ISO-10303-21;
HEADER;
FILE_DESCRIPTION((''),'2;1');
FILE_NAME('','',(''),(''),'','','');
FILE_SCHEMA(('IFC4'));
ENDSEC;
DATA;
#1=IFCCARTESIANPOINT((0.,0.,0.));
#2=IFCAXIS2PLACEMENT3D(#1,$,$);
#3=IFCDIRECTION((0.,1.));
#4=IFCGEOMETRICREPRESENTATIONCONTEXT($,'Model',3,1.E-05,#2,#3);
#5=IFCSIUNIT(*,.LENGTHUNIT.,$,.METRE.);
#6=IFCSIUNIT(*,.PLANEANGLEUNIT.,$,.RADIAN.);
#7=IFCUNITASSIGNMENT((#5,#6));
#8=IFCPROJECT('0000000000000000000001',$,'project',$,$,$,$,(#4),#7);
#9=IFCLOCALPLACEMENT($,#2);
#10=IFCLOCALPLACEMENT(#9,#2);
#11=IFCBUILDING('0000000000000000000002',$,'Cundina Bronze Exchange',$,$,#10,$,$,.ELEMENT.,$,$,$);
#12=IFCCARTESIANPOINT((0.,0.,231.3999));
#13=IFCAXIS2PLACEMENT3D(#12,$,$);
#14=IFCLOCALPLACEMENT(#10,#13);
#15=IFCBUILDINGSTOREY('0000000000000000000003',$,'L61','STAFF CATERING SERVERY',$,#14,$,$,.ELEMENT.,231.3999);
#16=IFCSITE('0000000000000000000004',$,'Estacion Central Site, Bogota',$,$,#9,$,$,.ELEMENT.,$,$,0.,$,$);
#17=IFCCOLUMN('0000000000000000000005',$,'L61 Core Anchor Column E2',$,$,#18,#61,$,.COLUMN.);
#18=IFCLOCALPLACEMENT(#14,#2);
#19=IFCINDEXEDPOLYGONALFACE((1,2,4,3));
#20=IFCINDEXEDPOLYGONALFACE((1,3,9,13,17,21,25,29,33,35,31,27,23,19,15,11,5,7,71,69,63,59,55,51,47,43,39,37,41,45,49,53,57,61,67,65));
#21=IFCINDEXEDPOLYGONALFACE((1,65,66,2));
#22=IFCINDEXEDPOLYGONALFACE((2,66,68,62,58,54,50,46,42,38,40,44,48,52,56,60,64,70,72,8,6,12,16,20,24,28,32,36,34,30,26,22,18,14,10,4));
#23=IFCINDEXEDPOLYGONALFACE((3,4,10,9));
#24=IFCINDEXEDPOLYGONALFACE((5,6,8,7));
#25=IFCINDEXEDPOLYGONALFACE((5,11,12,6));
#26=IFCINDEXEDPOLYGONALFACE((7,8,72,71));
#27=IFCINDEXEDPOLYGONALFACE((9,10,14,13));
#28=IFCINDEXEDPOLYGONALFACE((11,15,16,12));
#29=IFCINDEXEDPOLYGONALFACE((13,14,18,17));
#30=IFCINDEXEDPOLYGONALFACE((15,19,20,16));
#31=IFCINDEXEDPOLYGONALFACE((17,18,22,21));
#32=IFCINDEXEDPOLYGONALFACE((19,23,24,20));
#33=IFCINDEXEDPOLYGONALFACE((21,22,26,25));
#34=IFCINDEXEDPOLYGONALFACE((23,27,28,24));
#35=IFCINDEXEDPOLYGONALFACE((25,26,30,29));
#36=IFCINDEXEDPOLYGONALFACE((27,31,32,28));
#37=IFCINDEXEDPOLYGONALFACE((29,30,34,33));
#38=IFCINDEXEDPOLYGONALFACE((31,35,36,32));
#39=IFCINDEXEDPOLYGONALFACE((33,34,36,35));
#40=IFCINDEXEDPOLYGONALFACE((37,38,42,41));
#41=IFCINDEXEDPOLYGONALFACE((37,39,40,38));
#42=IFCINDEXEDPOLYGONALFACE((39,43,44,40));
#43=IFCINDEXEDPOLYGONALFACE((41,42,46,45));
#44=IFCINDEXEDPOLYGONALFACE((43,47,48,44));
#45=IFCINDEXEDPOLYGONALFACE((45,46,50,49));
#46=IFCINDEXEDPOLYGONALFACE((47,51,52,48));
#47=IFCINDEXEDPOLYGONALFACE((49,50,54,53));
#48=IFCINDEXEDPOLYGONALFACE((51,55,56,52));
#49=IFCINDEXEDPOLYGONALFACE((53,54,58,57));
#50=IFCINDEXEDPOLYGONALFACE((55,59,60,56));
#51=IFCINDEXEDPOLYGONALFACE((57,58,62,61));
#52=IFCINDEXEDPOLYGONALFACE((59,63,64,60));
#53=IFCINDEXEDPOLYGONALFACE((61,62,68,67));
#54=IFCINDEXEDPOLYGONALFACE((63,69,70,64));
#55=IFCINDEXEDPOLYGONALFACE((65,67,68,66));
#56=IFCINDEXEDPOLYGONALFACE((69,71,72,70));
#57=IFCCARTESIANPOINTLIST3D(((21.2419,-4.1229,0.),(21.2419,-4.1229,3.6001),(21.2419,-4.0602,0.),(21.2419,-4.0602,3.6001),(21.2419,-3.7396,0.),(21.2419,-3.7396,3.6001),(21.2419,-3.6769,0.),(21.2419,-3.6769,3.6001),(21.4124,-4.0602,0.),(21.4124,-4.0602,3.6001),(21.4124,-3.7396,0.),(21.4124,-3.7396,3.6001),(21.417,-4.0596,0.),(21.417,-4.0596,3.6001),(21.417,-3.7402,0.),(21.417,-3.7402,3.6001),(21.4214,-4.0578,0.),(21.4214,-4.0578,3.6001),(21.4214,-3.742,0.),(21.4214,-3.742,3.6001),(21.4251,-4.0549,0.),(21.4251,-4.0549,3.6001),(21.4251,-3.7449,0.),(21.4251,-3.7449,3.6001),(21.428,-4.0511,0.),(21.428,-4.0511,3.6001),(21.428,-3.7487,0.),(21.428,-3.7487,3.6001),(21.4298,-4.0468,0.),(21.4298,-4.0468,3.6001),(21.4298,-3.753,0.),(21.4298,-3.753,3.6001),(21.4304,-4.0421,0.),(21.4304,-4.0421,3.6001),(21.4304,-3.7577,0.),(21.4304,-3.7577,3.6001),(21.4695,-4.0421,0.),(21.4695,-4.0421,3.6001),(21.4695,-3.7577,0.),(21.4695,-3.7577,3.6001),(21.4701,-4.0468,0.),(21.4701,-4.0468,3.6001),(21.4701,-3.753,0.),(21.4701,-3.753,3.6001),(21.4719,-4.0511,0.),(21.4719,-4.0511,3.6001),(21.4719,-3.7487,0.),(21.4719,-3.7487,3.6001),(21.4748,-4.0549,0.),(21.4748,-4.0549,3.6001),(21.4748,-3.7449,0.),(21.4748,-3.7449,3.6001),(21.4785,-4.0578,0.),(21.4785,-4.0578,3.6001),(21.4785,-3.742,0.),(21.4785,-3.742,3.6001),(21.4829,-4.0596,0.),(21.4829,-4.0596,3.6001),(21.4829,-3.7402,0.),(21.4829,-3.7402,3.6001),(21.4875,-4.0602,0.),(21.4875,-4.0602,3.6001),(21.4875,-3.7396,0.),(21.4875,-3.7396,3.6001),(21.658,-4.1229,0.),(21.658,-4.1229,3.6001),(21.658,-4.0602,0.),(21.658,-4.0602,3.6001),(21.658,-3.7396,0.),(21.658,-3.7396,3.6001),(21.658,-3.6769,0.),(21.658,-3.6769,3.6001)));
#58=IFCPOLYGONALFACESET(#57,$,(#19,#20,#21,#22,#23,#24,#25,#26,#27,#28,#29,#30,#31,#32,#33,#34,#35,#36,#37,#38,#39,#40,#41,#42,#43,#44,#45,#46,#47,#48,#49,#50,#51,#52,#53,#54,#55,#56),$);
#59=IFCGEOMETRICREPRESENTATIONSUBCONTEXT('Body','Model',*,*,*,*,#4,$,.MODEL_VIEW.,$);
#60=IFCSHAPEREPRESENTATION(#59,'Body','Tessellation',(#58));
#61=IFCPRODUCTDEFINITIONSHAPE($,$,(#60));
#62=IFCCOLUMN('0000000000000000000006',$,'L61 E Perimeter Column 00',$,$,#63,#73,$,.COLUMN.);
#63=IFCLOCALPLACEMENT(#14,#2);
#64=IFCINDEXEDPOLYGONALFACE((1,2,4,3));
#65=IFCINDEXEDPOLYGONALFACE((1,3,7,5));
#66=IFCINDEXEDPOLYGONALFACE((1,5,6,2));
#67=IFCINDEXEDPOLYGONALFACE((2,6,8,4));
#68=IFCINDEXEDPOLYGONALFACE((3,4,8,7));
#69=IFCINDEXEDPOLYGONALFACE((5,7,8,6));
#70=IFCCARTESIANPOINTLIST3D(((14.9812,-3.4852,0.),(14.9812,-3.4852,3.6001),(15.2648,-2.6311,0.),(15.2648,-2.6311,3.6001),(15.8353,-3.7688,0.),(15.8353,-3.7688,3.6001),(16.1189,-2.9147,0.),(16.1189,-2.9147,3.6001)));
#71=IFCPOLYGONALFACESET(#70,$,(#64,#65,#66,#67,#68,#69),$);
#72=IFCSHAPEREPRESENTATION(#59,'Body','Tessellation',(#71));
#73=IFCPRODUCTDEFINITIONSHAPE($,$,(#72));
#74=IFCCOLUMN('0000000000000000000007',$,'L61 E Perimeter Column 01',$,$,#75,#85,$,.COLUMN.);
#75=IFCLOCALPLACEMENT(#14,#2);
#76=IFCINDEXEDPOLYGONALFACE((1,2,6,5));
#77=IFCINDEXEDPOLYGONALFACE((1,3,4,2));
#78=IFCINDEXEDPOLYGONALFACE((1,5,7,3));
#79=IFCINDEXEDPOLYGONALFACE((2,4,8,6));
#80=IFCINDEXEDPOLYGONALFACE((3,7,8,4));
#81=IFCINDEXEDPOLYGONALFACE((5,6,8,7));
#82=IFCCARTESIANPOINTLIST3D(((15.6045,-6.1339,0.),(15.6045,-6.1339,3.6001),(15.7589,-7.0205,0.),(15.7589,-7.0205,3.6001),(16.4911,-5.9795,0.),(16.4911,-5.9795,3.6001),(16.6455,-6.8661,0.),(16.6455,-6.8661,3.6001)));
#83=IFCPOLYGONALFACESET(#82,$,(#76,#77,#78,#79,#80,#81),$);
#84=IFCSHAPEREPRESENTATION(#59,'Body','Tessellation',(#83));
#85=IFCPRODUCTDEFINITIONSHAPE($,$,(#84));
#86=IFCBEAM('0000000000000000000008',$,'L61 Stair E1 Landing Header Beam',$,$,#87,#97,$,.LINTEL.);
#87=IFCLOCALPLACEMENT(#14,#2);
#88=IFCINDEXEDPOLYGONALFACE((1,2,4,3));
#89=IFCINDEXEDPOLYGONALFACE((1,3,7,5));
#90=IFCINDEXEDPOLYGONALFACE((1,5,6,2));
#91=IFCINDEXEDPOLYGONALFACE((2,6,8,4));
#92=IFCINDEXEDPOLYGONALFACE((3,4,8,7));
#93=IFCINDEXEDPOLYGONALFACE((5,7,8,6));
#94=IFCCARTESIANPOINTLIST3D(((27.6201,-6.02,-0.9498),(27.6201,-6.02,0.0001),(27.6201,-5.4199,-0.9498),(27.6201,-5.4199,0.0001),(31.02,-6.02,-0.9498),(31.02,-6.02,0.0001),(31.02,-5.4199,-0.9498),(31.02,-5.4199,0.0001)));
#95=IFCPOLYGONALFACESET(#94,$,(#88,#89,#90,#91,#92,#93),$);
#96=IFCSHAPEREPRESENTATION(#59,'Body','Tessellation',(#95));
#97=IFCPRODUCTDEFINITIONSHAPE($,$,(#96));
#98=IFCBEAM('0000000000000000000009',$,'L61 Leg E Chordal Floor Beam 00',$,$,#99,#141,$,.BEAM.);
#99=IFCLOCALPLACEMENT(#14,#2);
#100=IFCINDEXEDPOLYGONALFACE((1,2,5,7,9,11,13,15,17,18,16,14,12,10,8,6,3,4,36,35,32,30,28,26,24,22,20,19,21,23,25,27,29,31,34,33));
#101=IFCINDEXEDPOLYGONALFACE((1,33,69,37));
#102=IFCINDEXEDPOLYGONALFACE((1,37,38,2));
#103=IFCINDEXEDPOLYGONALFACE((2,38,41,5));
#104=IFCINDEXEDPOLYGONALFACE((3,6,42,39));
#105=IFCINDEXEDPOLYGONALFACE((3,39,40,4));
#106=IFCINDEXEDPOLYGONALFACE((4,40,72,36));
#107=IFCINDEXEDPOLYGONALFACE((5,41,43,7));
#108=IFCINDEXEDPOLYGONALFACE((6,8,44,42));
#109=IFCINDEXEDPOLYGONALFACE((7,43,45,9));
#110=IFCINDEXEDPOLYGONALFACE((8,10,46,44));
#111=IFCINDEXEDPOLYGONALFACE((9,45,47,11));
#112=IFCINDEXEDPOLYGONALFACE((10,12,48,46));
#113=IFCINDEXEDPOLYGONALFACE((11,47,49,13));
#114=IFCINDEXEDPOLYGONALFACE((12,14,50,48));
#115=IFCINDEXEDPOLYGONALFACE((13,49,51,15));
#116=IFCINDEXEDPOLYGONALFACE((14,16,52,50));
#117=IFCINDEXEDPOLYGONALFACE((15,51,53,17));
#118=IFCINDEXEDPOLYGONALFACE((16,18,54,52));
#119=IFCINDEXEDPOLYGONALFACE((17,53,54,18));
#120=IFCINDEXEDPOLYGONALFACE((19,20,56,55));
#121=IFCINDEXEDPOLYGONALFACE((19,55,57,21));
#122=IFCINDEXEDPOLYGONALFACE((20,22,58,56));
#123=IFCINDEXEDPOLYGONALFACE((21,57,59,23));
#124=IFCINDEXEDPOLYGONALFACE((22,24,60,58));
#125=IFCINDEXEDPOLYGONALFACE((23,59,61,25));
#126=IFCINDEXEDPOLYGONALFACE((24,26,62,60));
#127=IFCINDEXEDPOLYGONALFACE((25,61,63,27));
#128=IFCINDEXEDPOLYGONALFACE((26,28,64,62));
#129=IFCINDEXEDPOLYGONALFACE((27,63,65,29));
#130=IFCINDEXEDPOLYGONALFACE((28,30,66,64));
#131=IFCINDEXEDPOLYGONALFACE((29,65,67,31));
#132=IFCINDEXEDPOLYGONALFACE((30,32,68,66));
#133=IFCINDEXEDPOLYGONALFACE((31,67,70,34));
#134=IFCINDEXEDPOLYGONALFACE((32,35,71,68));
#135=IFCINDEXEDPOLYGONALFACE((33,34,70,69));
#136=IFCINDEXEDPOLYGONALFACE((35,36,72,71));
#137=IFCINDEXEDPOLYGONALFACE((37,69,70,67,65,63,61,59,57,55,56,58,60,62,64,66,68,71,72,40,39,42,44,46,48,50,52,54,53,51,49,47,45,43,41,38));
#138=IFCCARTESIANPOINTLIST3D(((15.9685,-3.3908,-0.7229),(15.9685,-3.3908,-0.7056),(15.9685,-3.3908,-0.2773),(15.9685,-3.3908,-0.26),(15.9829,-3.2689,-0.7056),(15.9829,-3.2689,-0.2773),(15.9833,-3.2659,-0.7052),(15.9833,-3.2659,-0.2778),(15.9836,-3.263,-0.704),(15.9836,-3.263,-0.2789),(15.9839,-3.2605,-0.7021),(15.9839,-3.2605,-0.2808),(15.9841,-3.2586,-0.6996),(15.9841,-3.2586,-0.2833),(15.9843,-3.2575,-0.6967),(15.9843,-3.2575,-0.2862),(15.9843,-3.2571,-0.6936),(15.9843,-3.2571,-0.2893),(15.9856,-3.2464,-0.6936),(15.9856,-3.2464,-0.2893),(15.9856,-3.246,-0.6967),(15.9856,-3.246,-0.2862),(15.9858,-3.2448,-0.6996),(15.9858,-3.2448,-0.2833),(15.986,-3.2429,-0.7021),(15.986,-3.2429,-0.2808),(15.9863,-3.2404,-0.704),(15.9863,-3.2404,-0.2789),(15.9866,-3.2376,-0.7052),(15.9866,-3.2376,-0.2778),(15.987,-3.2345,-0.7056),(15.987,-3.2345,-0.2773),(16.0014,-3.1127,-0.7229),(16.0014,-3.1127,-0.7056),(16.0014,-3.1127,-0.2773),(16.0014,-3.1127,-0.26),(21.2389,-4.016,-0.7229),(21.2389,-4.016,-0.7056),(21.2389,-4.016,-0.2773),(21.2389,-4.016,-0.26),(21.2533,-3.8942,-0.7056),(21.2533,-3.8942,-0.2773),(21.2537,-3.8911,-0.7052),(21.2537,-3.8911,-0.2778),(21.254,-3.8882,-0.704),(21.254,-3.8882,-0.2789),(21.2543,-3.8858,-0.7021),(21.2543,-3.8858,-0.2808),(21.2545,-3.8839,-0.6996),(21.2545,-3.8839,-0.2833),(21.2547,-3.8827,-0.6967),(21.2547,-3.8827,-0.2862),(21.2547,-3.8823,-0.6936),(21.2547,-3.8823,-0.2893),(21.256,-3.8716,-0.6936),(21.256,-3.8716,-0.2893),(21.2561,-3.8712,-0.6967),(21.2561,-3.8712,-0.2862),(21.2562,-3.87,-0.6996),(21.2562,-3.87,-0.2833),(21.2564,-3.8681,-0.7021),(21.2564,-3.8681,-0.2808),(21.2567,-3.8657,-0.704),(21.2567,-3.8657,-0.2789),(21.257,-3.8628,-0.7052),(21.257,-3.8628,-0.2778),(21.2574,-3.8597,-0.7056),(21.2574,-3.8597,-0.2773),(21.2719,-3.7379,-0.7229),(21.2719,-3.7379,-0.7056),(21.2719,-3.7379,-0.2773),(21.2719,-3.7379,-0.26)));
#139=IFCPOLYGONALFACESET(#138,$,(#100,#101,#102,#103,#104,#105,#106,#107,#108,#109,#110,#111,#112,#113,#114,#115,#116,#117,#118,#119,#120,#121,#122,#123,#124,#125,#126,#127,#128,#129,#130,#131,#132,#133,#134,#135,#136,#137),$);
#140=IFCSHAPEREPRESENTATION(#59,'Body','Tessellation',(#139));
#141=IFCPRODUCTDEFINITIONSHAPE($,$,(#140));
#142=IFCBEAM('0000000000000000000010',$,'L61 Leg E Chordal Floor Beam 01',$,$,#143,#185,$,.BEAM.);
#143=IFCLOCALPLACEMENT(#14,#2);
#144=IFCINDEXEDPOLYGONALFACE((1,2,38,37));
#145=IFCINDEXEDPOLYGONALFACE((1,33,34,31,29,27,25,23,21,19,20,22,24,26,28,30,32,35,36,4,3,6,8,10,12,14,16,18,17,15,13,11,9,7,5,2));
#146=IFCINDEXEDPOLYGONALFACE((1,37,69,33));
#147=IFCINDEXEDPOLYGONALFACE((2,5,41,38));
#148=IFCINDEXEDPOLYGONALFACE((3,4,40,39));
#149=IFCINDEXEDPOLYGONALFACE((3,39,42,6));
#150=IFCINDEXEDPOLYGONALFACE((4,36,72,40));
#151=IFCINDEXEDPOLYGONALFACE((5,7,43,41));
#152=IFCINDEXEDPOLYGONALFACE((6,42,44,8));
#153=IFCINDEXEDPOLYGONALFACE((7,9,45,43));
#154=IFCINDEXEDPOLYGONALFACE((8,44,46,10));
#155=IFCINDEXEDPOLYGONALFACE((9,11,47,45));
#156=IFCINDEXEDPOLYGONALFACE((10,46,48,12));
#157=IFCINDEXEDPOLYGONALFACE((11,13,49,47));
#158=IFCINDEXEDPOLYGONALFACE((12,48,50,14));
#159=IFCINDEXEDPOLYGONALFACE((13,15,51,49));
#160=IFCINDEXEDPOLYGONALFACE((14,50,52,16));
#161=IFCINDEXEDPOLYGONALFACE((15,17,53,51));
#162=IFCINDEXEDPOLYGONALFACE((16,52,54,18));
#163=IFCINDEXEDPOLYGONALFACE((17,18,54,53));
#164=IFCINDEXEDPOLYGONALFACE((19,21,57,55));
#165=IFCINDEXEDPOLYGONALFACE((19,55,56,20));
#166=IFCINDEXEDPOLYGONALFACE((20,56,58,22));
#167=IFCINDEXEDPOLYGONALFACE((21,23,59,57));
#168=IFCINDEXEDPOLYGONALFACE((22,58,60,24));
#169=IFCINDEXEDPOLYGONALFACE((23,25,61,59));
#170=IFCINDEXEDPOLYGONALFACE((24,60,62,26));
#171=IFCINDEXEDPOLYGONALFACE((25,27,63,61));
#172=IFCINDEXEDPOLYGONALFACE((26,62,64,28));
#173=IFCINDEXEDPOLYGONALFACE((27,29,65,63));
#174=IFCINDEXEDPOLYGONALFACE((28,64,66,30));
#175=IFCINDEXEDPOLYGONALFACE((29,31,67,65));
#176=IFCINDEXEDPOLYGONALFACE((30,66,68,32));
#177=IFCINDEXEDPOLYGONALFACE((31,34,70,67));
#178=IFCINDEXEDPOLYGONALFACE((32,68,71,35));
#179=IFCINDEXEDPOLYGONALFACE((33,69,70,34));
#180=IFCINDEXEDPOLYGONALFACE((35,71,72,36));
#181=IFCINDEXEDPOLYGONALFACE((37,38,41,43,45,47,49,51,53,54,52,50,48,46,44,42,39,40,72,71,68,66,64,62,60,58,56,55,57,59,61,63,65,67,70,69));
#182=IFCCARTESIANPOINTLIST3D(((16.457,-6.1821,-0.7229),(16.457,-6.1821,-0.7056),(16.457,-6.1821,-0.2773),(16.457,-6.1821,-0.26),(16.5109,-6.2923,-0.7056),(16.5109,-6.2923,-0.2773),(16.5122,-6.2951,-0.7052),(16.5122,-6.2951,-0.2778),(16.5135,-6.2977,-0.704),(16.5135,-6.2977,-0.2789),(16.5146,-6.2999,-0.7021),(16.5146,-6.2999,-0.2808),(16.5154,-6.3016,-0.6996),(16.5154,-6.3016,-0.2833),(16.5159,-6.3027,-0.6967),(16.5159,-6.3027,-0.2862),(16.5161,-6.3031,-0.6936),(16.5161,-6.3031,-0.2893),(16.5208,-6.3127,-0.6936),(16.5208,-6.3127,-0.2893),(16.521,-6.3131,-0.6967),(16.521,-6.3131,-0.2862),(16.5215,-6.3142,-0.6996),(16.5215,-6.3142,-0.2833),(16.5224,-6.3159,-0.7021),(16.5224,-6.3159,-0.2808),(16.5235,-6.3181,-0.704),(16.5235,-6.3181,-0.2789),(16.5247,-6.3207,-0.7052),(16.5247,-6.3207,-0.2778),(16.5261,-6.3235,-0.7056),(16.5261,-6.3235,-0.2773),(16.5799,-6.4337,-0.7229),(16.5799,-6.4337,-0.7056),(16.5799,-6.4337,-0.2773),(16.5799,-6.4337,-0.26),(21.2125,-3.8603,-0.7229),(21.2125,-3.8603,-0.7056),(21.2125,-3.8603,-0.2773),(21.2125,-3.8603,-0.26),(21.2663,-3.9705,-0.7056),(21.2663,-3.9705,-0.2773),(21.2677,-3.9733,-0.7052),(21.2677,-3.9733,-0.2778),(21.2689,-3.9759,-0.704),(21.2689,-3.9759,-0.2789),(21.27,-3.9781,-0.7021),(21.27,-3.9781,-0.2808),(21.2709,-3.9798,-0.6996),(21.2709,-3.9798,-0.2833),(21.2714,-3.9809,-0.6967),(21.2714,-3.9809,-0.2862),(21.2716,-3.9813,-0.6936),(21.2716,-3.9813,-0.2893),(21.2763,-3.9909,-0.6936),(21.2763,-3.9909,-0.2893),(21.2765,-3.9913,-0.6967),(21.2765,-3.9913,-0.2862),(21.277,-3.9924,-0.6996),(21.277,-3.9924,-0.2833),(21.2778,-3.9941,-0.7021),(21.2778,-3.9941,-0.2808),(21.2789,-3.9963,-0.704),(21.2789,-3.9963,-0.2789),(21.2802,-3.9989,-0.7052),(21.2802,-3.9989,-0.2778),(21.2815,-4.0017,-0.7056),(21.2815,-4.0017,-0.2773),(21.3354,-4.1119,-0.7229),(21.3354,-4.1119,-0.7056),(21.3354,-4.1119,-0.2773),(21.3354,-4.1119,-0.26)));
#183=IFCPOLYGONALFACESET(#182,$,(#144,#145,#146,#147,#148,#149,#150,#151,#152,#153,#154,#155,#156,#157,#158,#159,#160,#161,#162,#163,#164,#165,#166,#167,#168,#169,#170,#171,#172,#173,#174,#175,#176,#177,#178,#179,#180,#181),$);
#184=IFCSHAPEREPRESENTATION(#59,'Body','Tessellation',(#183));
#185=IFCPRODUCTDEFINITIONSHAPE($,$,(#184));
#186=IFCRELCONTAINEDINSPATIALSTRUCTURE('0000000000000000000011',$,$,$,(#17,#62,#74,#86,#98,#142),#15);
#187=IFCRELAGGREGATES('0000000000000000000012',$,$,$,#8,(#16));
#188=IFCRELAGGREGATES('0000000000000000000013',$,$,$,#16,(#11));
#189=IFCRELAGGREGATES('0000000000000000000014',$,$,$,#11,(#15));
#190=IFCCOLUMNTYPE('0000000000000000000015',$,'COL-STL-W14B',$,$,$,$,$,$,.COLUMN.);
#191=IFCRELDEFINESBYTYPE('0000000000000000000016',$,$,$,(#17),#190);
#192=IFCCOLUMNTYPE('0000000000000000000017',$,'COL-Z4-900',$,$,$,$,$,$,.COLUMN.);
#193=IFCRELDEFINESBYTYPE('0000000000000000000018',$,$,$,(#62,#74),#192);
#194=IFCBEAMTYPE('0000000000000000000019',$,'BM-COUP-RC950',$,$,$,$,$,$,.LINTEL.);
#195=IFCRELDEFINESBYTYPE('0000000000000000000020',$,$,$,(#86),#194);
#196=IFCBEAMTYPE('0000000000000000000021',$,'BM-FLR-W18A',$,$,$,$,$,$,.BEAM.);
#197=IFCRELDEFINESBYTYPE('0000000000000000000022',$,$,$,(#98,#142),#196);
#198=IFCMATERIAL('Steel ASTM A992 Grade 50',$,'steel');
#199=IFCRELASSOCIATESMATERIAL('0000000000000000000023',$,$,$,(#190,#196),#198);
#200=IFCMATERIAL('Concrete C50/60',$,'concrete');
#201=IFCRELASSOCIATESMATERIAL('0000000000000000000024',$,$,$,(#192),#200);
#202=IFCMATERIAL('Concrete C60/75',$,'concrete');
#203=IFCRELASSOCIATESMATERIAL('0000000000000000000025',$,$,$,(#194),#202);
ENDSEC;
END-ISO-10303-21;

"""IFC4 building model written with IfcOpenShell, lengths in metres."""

from ifc_helpers import new_model, si_unit, direction, frame, origin, origin_2d, place, context, subcontext, project, spatial, rectangle, i_section, extrude, material, material_profile, profile_set, type_object, element, save


model = new_model("IFC4")

# Units and contexts
model_context = context("Model", 3, precision=1e-05, world=origin(), true_north=direction((0.0, 1.0)))
body_context = subcontext(model_context, "Body", "Model", "MODEL_VIEW")
ifc_project = project(units=[si_unit("LENGTHUNIT", "METRE"), si_unit("PLANEANGLEUNIT", "RADIAN")], contexts=[model_context])

# Site, building, storey
site_placement = place(None, origin())
site = spatial("IfcSite", under=ifc_project, at=site_placement, Name="Estacion Central Site, Bogota", CompositionType="ELEMENT", RefElevation=0.0)
building_placement = place(site_placement, origin())
building = spatial("IfcBuilding", under=site, at=building_placement, Name="Cundina Bronze Exchange", CompositionType="ELEMENT")
storey_placement = place(building_placement, frame((0.0, 0.0, 231.3999)))
storey = spatial("IfcBuildingStorey", under=building, at=storey_placement, Name="L61", Description="STAFF CATERING SERVERY", CompositionType="ELEMENT", Elevation=231.3999)

# Columns
ifc_material_1 = material(Name="Steel ASTM A992 Grade 50", Category="steel")
ifc_material_profile_1 = material_profile(ifc_material_1, i_section(OverallWidth=0.416, OverallDepth=0.446, WebThickness=0.0391, FlangeThickness=0.0627, FilletRadius=0.0181, at=origin_2d()), Name="W14X342", Category="steel")
ifc_profile_set_1 = profile_set([ifc_material_profile_1], Name="Steel ASTM A992 Grade 50")
column_type_1 = type_object("IfcColumnType", Name="COL-STL-W14B", PredefinedType="COLUMN", material=ifc_profile_set_1)
column_placement = place(storey_placement, frame((21.45, -3.8999, 0.0), z_axis=(0.0, 0.0, 1.0), x_axis=(1.0, 0.0, 0.0)))
element("IfcColumn", 1, at=column_placement, inside=storey, type_object=column_type_1, Name="L61 Core Anchor Column E2", PredefinedType="COLUMN", context=body_context, shape_type="SweptSolid", body=[
    extrude(i_section(OverallWidth=0.416, OverallDepth=0.446, WebThickness=0.0391, FlangeThickness=0.0627, FilletRadius=0.0181, at=origin_2d()), origin(), (0.0, 0.0, 1.0), 3.6001),
])
ifc_material_2 = material(Name="Concrete C50/60", Category="concrete")
ifc_material_profile_2 = material_profile(ifc_material_2, rectangle(XDim=0.8999, YDim=0.8999, at=origin_2d()), Name="RC900X900", Category="concrete")
ifc_profile_set_2 = profile_set([ifc_material_profile_2], Name="Concrete C50/60")
column_type_2 = type_object("IfcColumnType", Name="COL-Z4-900", PredefinedType="COLUMN", material=ifc_profile_set_2)
for number, where, z_axis, x_axis, name in (
    (2, (15.55, -3.2, 0.0), (0.0, 0.0, 1.0), (-0.315152, -0.949041, 0.0), "L61 E Perimeter Column 00"),
    (3, (16.125, -6.5, 0.0), (0.0, 0.0, 1.0), (0.171585, -0.985169, 0.0), "L61 E Perimeter Column 01"),
):
    element("IfcColumn", number, at=place(storey_placement, frame(where, z_axis=z_axis, x_axis=x_axis)), inside=storey, type_object=column_type_2, Name=name, PredefinedType="COLUMN", context=body_context, shape_type="SweptSolid", body=[
        extrude(rectangle(XDim=0.8999, YDim=0.8999, at=origin_2d()), origin(), (0.0, 0.0, 1.0), 3.6001),
    ])

# Beams
ifc_material_3 = material(Name="Concrete C60/75", Category="concrete")
ifc_material_profile_3 = material_profile(ifc_material_3, rectangle(XDim=0.6001, YDim=0.95, at=origin_2d()), Name="RC600X950", Category="concrete")
ifc_profile_set_3 = profile_set([ifc_material_profile_3], Name="Concrete C60/75")
beam_type_1 = type_object("IfcBeamType", Name="BM-COUP-RC950", PredefinedType="LINTEL", material=ifc_profile_set_3)
beam_1_placement = place(storey_placement, frame((27.6201, -5.72, -0.4749), z_axis=(1.0, 0.0, 0.0), x_axis=(0.0, 1.0, 0.0)))
element("IfcBeam", 4, at=beam_1_placement, inside=storey, type_object=beam_type_1, Name="L61 Stair E1 Landing Header Beam", PredefinedType="LINTEL", context=body_context, shape_type="SweptSolid", body=[
    extrude(rectangle(XDim=0.6001, YDim=0.95, at=origin_2d()), origin(), (0.0, 0.0, 1.0), 3.3999),
])
ifc_material_profile_4 = material_profile(ifc_material_1, i_section(OverallWidth=0.28, OverallDepth=0.4629, WebThickness=0.0107, FlangeThickness=0.0173, FilletRadius=0.012, at=origin_2d()), Name="W18X76", Category="steel")
ifc_profile_set_4 = profile_set([ifc_material_profile_4], Name="Steel ASTM A992 Grade 50")
beam_type_2 = type_object("IfcBeamType", Name="BM-FLR-W18A", PredefinedType="BEAM", material=ifc_profile_set_4)
beam_2_placement = place(storey_placement, frame((21.2554, -3.877, -0.4915), z_axis=(-0.993037, 0.117805, 0.0), x_axis=(-0.117805, -0.993037, 0.0)))
element("IfcBeam", 5, at=beam_2_placement, inside=storey, type_object=beam_type_2, Name="L61 Leg E Chordal Floor Beam 00", PredefinedType="BEAM", context=body_context, shape_type="SweptSolid", body=[
    extrude(i_section(OverallWidth=0.28, OverallDepth=0.4629, WebThickness=0.0107, FlangeThickness=0.0173, FilletRadius=0.012, at=origin_2d()), origin(), (0.0, 0.0, 1.0), 5.3074),
])
beam_3_placement = place(storey_placement, frame((21.2739, -3.9861, -0.4915), z_axis=(-0.898613, -0.438742, 0.0), x_axis=(0.438742, -0.898613, 0.0)))
element("IfcBeam", 6, at=beam_3_placement, inside=storey, type_object=beam_type_2, Name="L61 Leg E Chordal Floor Beam 01", PredefinedType="BEAM", context=body_context, shape_type="SweptSolid", body=[
    extrude(i_section(OverallWidth=0.28, OverallDepth=0.4629, WebThickness=0.0107, FlangeThickness=0.0173, FilletRadius=0.012, at=origin_2d()), origin(), (0.0, 0.0, 1.0), 5.292),
])

save(model, "model.ifc")
